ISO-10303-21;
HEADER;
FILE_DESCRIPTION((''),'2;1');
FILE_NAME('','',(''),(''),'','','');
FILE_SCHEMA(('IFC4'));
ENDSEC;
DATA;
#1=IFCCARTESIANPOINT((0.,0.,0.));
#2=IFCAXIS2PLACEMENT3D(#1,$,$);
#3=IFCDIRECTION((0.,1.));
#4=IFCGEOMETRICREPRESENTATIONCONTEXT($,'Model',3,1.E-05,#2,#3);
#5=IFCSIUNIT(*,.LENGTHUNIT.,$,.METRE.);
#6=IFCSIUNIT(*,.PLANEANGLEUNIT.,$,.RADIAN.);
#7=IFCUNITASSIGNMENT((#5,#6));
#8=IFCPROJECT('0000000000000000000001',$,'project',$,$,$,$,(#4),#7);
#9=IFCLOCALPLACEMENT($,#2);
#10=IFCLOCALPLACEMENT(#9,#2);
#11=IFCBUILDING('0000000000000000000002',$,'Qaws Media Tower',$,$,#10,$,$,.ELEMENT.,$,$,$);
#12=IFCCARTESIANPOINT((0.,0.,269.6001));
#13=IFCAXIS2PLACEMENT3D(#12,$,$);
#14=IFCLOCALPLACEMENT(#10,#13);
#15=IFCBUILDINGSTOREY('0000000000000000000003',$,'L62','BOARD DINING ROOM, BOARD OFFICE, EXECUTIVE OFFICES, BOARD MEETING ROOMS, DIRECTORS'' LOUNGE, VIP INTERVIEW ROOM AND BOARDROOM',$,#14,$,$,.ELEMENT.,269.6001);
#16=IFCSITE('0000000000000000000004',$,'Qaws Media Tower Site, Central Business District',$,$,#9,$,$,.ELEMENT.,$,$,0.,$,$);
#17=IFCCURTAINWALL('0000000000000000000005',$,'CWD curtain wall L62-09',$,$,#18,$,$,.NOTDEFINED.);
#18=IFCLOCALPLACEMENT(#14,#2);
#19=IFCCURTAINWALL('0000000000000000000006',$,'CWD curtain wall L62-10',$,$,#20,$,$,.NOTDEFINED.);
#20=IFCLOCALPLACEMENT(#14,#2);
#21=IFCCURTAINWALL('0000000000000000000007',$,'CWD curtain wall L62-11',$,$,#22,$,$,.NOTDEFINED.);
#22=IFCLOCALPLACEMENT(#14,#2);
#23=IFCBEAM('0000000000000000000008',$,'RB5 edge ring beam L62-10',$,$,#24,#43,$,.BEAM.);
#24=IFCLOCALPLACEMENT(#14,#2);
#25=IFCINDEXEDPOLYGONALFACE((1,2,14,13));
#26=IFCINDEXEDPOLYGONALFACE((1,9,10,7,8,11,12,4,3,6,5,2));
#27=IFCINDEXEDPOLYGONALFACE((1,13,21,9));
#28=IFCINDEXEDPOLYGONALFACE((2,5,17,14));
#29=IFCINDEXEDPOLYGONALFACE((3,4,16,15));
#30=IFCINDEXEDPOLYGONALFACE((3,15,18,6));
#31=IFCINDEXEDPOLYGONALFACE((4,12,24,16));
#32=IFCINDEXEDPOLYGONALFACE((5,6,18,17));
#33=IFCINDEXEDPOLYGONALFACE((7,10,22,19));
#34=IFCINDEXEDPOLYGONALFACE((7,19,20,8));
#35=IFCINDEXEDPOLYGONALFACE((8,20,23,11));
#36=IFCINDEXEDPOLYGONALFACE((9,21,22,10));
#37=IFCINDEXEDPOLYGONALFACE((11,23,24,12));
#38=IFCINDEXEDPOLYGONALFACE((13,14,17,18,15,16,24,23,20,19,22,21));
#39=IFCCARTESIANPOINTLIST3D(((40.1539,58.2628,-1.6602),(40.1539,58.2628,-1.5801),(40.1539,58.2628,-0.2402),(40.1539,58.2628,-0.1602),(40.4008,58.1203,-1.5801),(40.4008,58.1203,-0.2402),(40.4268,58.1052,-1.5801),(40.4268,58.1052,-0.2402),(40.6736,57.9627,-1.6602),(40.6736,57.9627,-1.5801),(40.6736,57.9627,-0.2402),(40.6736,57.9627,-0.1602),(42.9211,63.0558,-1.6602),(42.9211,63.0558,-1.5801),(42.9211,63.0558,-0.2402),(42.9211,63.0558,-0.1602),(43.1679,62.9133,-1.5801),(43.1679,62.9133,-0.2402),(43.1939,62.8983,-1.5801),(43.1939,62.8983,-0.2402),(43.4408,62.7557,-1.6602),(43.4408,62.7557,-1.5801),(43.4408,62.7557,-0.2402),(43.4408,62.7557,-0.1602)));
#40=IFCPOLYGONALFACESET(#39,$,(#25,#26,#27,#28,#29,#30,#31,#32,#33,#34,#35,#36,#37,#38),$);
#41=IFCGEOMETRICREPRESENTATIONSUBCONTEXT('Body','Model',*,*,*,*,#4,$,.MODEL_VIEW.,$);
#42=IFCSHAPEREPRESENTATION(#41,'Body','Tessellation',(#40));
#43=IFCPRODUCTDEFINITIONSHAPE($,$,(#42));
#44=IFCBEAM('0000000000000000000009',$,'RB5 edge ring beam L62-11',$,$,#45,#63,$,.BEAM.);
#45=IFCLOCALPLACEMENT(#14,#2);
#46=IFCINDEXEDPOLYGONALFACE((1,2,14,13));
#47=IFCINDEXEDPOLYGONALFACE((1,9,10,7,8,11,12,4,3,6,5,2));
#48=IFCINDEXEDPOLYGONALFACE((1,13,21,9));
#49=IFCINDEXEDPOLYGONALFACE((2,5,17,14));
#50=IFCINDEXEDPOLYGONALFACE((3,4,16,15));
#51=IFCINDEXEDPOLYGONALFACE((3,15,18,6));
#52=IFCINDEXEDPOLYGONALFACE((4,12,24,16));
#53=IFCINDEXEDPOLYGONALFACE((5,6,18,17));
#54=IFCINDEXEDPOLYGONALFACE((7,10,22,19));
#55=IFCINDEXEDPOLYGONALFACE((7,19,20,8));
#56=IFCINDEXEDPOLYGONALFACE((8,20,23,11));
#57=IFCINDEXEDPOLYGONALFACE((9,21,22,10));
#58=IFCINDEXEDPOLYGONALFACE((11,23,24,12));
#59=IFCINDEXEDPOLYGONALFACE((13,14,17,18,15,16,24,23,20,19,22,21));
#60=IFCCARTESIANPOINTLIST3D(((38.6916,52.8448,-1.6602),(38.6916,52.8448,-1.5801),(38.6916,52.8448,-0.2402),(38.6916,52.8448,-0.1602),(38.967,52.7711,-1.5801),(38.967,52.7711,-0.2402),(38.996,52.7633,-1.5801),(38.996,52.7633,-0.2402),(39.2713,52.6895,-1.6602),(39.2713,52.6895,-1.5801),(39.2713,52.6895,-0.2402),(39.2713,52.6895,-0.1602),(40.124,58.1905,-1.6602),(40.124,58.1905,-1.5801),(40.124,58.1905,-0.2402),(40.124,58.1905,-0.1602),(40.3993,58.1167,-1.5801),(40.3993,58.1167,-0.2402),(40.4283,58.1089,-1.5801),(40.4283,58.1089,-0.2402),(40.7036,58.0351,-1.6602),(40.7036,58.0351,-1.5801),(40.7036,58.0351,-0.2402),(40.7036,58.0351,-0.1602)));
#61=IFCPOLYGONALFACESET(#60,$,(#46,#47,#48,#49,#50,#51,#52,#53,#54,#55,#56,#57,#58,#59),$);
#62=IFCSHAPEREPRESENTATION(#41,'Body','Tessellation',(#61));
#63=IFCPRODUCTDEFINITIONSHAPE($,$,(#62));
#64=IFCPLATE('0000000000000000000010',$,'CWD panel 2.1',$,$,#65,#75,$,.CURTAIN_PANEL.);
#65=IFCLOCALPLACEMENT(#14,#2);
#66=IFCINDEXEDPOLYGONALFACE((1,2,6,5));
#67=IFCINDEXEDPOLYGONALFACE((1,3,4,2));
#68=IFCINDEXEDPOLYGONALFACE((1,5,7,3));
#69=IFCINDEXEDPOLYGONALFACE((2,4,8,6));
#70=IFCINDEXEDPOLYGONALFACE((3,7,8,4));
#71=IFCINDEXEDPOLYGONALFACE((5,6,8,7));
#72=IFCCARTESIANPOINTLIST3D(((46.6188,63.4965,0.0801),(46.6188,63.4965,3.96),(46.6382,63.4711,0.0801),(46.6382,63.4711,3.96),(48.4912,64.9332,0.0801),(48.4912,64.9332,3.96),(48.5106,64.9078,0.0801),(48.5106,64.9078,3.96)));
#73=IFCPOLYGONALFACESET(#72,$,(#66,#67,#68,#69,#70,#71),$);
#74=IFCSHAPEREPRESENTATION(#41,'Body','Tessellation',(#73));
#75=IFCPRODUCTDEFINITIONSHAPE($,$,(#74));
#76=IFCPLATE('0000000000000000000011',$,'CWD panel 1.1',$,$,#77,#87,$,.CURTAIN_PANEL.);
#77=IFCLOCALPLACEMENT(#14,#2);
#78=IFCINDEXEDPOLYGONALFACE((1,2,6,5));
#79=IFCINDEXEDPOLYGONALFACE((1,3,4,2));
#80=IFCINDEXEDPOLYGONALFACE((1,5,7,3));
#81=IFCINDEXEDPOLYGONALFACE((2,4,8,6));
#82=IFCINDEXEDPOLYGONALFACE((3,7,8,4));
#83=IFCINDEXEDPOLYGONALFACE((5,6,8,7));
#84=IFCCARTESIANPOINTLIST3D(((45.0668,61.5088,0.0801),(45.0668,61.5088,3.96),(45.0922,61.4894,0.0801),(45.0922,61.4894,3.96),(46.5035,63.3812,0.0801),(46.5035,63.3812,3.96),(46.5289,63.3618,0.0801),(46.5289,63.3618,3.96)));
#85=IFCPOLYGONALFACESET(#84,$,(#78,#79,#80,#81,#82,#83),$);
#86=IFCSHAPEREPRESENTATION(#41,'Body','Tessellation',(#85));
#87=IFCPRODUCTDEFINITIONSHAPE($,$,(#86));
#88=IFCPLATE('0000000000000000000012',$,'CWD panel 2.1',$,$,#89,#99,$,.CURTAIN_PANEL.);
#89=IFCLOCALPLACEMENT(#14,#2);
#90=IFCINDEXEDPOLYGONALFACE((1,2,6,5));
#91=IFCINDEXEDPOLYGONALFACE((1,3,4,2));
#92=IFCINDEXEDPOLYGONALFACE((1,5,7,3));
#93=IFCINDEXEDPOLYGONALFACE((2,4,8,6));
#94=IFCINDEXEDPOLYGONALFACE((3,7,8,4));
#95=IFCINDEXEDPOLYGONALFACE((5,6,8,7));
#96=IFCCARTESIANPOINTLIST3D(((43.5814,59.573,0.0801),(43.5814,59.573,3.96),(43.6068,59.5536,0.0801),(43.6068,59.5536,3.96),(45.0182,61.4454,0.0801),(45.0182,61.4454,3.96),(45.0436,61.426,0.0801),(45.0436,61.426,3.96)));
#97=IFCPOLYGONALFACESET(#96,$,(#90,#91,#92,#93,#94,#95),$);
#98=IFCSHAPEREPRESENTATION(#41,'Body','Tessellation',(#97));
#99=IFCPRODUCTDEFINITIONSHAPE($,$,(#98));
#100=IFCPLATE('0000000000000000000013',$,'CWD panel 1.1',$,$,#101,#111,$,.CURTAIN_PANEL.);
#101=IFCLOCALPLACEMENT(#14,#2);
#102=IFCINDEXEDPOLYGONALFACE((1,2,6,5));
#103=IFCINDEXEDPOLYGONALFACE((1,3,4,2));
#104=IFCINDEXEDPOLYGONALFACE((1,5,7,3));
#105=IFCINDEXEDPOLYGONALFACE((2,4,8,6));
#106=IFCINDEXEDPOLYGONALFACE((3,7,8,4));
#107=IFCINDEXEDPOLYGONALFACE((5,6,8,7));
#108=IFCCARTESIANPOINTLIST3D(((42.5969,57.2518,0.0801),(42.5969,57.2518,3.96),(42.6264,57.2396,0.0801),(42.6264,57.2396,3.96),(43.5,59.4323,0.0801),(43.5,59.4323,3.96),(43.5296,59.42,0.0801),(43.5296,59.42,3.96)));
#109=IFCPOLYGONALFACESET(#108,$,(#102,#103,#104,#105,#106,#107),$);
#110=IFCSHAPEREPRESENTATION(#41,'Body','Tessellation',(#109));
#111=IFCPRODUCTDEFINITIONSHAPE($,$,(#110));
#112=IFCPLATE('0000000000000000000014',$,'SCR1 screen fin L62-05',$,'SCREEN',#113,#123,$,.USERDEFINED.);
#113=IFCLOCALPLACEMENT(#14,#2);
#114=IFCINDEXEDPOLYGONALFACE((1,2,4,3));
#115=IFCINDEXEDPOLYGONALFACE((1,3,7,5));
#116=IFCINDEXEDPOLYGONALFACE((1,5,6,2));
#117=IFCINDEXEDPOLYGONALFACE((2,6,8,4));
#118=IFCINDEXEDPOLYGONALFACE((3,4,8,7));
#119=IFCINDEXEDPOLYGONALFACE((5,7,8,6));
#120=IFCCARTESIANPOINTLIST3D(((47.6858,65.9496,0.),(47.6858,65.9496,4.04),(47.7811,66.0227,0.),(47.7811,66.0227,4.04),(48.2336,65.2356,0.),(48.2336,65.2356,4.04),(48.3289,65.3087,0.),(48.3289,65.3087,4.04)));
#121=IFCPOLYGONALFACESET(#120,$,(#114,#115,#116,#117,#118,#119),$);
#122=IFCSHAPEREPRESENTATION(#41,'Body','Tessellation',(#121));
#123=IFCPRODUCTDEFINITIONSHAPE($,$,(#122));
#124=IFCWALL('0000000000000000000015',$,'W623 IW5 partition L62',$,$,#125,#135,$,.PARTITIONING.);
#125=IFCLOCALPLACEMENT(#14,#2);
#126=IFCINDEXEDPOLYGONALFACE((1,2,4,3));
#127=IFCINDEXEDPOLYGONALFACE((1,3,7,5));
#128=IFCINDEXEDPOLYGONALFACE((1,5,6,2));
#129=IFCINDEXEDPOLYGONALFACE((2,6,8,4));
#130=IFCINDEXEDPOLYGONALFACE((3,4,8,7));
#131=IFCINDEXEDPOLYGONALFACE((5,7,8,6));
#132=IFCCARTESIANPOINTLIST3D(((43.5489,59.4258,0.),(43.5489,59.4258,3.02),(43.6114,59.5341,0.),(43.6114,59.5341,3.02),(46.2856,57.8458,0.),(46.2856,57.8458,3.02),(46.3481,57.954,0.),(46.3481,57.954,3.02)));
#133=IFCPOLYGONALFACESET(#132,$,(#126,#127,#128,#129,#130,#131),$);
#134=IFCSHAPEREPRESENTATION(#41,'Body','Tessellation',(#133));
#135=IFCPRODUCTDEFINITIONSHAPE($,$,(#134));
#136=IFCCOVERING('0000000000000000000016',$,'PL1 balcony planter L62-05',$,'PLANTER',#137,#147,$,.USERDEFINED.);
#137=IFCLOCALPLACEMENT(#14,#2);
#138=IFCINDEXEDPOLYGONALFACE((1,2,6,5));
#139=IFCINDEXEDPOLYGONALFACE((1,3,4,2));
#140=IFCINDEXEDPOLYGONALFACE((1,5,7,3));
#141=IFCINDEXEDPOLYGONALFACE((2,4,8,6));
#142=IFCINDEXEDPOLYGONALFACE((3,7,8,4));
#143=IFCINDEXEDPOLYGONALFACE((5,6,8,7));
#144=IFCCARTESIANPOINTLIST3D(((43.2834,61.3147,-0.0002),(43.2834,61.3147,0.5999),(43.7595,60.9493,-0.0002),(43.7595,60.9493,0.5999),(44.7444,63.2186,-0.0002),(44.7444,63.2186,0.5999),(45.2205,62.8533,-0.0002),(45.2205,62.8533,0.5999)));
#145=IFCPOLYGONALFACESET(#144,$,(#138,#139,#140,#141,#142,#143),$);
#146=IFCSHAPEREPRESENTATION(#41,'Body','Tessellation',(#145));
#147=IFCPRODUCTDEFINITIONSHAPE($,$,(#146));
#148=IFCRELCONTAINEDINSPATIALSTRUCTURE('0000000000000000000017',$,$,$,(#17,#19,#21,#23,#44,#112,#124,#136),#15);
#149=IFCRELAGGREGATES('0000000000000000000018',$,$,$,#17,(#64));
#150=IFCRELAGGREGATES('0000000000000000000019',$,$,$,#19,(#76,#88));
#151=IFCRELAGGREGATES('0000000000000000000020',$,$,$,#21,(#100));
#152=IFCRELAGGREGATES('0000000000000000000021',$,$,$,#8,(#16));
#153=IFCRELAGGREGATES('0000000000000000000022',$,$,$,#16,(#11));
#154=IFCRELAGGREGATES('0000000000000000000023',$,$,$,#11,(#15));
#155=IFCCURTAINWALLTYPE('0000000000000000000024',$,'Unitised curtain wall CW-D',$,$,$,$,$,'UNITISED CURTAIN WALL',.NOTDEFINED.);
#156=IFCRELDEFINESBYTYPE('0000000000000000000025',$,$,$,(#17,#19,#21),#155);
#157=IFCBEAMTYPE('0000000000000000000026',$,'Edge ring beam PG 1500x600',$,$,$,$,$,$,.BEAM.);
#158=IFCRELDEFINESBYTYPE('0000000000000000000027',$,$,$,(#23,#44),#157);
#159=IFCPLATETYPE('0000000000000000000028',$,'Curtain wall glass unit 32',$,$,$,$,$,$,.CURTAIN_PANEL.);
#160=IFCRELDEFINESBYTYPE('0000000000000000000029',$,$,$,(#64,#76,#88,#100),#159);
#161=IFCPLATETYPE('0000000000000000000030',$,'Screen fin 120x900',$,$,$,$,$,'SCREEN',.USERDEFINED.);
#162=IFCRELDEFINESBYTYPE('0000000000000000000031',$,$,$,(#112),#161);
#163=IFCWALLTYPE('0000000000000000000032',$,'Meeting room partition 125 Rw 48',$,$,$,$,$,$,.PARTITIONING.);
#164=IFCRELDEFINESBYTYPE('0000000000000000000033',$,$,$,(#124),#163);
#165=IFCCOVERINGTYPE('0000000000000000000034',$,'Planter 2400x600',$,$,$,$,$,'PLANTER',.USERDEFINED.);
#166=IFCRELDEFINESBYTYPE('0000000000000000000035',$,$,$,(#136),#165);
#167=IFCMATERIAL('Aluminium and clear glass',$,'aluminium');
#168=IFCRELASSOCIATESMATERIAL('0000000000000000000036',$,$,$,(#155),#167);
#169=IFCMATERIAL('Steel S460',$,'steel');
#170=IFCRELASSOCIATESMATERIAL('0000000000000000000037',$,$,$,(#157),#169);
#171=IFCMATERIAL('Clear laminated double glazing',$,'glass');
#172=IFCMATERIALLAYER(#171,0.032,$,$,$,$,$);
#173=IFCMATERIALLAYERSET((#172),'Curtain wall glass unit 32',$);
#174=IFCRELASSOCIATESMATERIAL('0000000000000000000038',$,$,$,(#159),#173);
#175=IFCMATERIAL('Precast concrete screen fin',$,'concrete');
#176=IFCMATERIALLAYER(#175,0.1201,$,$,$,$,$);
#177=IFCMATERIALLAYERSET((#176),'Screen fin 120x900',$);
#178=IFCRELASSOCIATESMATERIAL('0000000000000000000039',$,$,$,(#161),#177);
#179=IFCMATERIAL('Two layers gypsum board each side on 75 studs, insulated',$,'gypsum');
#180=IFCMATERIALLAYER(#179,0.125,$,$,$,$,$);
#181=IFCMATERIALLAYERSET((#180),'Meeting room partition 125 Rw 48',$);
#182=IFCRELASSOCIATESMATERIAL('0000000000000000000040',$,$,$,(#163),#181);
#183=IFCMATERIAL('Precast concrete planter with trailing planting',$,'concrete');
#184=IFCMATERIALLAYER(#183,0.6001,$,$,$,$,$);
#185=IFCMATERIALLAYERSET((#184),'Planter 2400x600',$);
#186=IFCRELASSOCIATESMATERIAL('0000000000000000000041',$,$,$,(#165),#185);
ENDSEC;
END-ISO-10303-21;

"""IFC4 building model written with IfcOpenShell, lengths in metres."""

from ifc_helpers import new_model, si_unit, direction, frame, frame_2d, origin, origin_2d, place, context, subcontext, project, spatial, rectangle, i_section, extrude, material, layer, layer_set, material_profile, profile_set, type_object, element, aggregate, save


model = new_model("IFC4")

# Units and contexts
model_context = context("Model", 3, precision=1e-05, world=origin(), true_north=direction((0.0, 1.0)))
body_context = subcontext(model_context, "Body", "Model", "MODEL_VIEW")
ifc_project = project(units=[si_unit("LENGTHUNIT", "METRE"), si_unit("PLANEANGLEUNIT", "RADIAN")], contexts=[model_context])

# Site, building, storey
site_placement = place(None, origin())
site = spatial("IfcSite", under=ifc_project, at=site_placement, Name="Qaws Media Tower Site, Central Business District", CompositionType="ELEMENT", RefElevation=0.0)
building_placement = place(site_placement, origin())
building = spatial("IfcBuilding", under=site, at=building_placement, Name="Qaws Media Tower", CompositionType="ELEMENT")
storey_placement = place(building_placement, frame((0.0, 0.0, 269.6001)))
storey = spatial("IfcBuildingStorey", under=building, at=storey_placement, Name="L62", Description="BOARD DINING ROOM, BOARD OFFICE, EXECUTIVE OFFICES, BOARD MEETING ROOMS, DIRECTORS' LOUNGE, VIP INTERVIEW ROOM AND BOARDROOM", CompositionType="ELEMENT", Elevation=269.6001)

# Curtain wall
ifc_material_1 = material(Name="Aluminium and clear glass", Category="aluminium")
curtain_wall_type = type_object("IfcCurtainWallType", Name="Unitised curtain wall CW-D", ElementType="UNITISED CURTAIN WALL", PredefinedType="NOTDEFINED", material=ifc_material_1)
curtain_wall_1_placement = place(storey_placement, origin())
curtain_wall_1 = element("IfcCurtainWall", 1, at=curtain_wall_1_placement, inside=storey, type_object=curtain_wall_type, Name="CWD curtain wall L62-09", PredefinedType="NOTDEFINED")

# Curtain wall
curtain_wall_2_placement = place(storey_placement, origin())
curtain_wall_2 = element("IfcCurtainWall", 2, at=curtain_wall_2_placement, inside=storey, type_object=curtain_wall_type, Name="CWD curtain wall L62-10", PredefinedType="NOTDEFINED")

# Curtain wall
curtain_wall_3_placement = place(storey_placement, origin())
curtain_wall_3 = element("IfcCurtainWall", 3, at=curtain_wall_3_placement, inside=storey, type_object=curtain_wall_type, Name="CWD curtain wall L62-11", PredefinedType="NOTDEFINED")

# Beams
ifc_material_2 = material(Name="Steel S460", Category="steel")
ifc_material_profile_1 = material_profile(ifc_material_2, i_section(OverallWidth=0.6001, OverallDepth=1.5, WebThickness=0.03, FlangeThickness=0.0801, at=origin_2d()), Name="PG 1500x600")
ifc_profile_set_1 = profile_set([ifc_material_profile_1], Name="Steel S460")
beam_type = type_object("IfcBeamType", Name="Edge ring beam PG 1500x600", PredefinedType="BEAM", material=ifc_profile_set_1)
beam_1_placement = place(storey_placement, frame((43.1809, 62.9058, -0.9102), z_axis=(-0.499982, -0.866036, 0.0), x_axis=(0.866036, -0.499982, 0.0)))
element("IfcBeam", 4, at=beam_1_placement, inside=storey, type_object=beam_type, Name="RB5 edge ring beam L62-10", PredefinedType="BEAM", context=body_context, shape_type="SweptSolid", body=[
    extrude(i_section(OverallWidth=0.6001, OverallDepth=1.5, WebThickness=0.03, FlangeThickness=0.0801, at=origin_2d()), origin(), (0.0, 0.0, 1.0), 5.5344),
])
beam_2_placement = place(storey_placement, frame((40.4138, 58.1128, -0.9102), z_axis=(-0.258818, -0.965926, 0.0), x_axis=(0.965926, -0.258818, 0.0)))
element("IfcBeam", 5, at=beam_2_placement, inside=storey, type_object=beam_type, Name="RB5 edge ring beam L62-11", PredefinedType="BEAM", context=body_context, shape_type="SweptSolid", body=[
    extrude(i_section(OverallWidth=0.6001, OverallDepth=1.5, WebThickness=0.03, FlangeThickness=0.0801, at=origin_2d()), origin(), (0.0, 0.0, 1.0), 5.5342),
])

# Plates
ifc_material_3 = material(Name="Clear laminated double glazing", Category="glass")
ifc_layer_1 = layer(ifc_material_3, 0.032)
ifc_layer_set_1 = layer_set([ifc_layer_1], Name="Curtain wall glass unit 32")
plate_type_1 = type_object("IfcPlateType", Name="Curtain wall glass unit 32", PredefinedType="CURTAIN_PANEL", material=ifc_layer_set_1)
plate_1_placement = place(storey_placement, frame((47.5647, 64.2021, 0.0801), z_axis=(0.0, 0.0, 1.0), x_axis=(-0.793353, -0.608761, 0.0)))
plate_1 = element("IfcPlate", 6, at=plate_1_placement, type_object=plate_type_1, Name="CWD panel 2.1", PredefinedType="CURTAIN_PANEL", context=body_context, shape_type="SweptSolid", body=[
    extrude(rectangle(XDim=2.3601, YDim=0.032, at=origin_2d()), origin(), (0.0, 0.0, 1.0), 3.8799),
])
aggregate(curtain_wall_1, [plate_1])
plate_2_placement = place(storey_placement, frame((45.7979, 62.4353, 0.0801), z_axis=(0.0, 0.0, 1.0), x_axis=(-0.608761, -0.793353, 0.0)))
plate_2 = element("IfcPlate", 7, at=plate_2_placement, type_object=plate_type_1, Name="CWD panel 1.1", PredefinedType="CURTAIN_PANEL", context=body_context, shape_type="SweptSolid", body=[
    extrude(rectangle(XDim=2.3601, YDim=0.032, at=origin_2d()), origin(), (0.0, 0.0, 1.0), 3.8799),
])
plate_3_placement = place(storey_placement, frame((44.3125, 60.4995, 0.0801), z_axis=(0.0, 0.0, 1.0), x_axis=(-0.608761, -0.793353, 0.0)))
plate_3 = element("IfcPlate", 8, at=plate_3_placement, type_object=plate_type_1, Name="CWD panel 2.1", PredefinedType="CURTAIN_PANEL", context=body_context, shape_type="SweptSolid", body=[
    extrude(rectangle(XDim=2.3601, YDim=0.032, at=origin_2d()), origin(), (0.0, 0.0, 1.0), 3.8799),
])
aggregate(curtain_wall_2, [plate_2, plate_3])
plate_4_placement = place(storey_placement, frame((43.0632, 58.3359, 0.0801), z_axis=(0.0, 0.0, 1.0), x_axis=(-0.382683, -0.92388, 0.0)))
plate_4 = element("IfcPlate", 9, at=plate_4_placement, type_object=plate_type_1, Name="CWD panel 1.1", PredefinedType="CURTAIN_PANEL", context=body_context, shape_type="SweptSolid", body=[
    extrude(rectangle(XDim=2.3601, YDim=0.032, at=origin_2d()), origin(), (0.0, 0.0, 1.0), 3.8799),
])
aggregate(curtain_wall_3, [plate_4])
ifc_material_4 = material(Name="Precast concrete screen fin", Category="concrete")
ifc_layer_2 = layer(ifc_material_4, 0.1201)
ifc_layer_set_2 = layer_set([ifc_layer_2], Name="Screen fin 120x900")
plate_type_2 = type_object("IfcPlateType", Name="Screen fin 120x900", ElementType="SCREEN", PredefinedType="USERDEFINED", material=ifc_layer_set_2)
plate_5_placement = place(storey_placement, frame((48.0073, 65.6292, 0.0), z_axis=(0.0, 0.0, 1.0), x_axis=(-0.608761, 0.793353, 0.0)))
element("IfcPlate", 10, at=plate_5_placement, inside=storey, type_object=plate_type_2, Name="SCR1 screen fin L62-05", ObjectType="SCREEN", PredefinedType="USERDEFINED", context=body_context, shape_type="SweptSolid", body=[
    extrude(rectangle(XDim=0.8999, YDim=0.1201, at=origin_2d()), origin(), (0.0, 0.0, 1.0), 4.04),
])

# Wall
ifc_material_5 = material(Name="Two layers gypsum board each side on 75 studs, insulated", Category="gypsum")
ifc_layer_3 = layer(ifc_material_5, 0.125)
ifc_layer_set_3 = layer_set([ifc_layer_3], Name="Meeting room partition 125 Rw 48")
wall_type = type_object("IfcWallType", Name="Meeting room partition 125 Rw 48", PredefinedType="PARTITIONING", material=ifc_layer_set_3)
wall_placement = place(storey_placement, frame((46.3169, 57.8999, 0.0), z_axis=(0.0, 0.0, 1.0), x_axis=(-0.866029, 0.499994, 0.0)))
element("IfcWall", 11, at=wall_placement, inside=storey, type_object=wall_type, Name="W623 IW5 partition L62", PredefinedType="PARTITIONING", context=body_context, shape_type="SweptSolid", body=[
    extrude(rectangle(XDim=3.1602, YDim=0.125, at=frame_2d((1.5801, 0.0))), origin(), (0.0, 0.0, 1.0), 3.02),
])

# Covering
ifc_material_6 = material(Name="Precast concrete planter with trailing planting", Category="concrete")
ifc_layer_4 = layer(ifc_material_6, 0.6001)
ifc_layer_set_4 = layer_set([ifc_layer_4], Name="Planter 2400x600")
covering_type = type_object("IfcCoveringType", Name="Planter 2400x600", ElementType="PLANTER", PredefinedType="USERDEFINED", material=ifc_layer_set_4)
covering_placement = place(storey_placement, frame((44.252, 62.084, -0.0002), z_axis=(0.0, 0.0, 1.0), x_axis=(-0.608761, -0.793353, 0.0)))
element("IfcCovering", 12, at=covering_placement, inside=storey, type_object=covering_type, Name="PL1 balcony planter L62-05", ObjectType="PLANTER", PredefinedType="USERDEFINED", context=body_context, shape_type="SweptSolid", body=[
    extrude(rectangle(XDim=2.3999, YDim=0.6001, at=origin_2d()), origin(), (0.0, 0.0, 1.0), 0.6001),
])

save(model, "model.ifc")
